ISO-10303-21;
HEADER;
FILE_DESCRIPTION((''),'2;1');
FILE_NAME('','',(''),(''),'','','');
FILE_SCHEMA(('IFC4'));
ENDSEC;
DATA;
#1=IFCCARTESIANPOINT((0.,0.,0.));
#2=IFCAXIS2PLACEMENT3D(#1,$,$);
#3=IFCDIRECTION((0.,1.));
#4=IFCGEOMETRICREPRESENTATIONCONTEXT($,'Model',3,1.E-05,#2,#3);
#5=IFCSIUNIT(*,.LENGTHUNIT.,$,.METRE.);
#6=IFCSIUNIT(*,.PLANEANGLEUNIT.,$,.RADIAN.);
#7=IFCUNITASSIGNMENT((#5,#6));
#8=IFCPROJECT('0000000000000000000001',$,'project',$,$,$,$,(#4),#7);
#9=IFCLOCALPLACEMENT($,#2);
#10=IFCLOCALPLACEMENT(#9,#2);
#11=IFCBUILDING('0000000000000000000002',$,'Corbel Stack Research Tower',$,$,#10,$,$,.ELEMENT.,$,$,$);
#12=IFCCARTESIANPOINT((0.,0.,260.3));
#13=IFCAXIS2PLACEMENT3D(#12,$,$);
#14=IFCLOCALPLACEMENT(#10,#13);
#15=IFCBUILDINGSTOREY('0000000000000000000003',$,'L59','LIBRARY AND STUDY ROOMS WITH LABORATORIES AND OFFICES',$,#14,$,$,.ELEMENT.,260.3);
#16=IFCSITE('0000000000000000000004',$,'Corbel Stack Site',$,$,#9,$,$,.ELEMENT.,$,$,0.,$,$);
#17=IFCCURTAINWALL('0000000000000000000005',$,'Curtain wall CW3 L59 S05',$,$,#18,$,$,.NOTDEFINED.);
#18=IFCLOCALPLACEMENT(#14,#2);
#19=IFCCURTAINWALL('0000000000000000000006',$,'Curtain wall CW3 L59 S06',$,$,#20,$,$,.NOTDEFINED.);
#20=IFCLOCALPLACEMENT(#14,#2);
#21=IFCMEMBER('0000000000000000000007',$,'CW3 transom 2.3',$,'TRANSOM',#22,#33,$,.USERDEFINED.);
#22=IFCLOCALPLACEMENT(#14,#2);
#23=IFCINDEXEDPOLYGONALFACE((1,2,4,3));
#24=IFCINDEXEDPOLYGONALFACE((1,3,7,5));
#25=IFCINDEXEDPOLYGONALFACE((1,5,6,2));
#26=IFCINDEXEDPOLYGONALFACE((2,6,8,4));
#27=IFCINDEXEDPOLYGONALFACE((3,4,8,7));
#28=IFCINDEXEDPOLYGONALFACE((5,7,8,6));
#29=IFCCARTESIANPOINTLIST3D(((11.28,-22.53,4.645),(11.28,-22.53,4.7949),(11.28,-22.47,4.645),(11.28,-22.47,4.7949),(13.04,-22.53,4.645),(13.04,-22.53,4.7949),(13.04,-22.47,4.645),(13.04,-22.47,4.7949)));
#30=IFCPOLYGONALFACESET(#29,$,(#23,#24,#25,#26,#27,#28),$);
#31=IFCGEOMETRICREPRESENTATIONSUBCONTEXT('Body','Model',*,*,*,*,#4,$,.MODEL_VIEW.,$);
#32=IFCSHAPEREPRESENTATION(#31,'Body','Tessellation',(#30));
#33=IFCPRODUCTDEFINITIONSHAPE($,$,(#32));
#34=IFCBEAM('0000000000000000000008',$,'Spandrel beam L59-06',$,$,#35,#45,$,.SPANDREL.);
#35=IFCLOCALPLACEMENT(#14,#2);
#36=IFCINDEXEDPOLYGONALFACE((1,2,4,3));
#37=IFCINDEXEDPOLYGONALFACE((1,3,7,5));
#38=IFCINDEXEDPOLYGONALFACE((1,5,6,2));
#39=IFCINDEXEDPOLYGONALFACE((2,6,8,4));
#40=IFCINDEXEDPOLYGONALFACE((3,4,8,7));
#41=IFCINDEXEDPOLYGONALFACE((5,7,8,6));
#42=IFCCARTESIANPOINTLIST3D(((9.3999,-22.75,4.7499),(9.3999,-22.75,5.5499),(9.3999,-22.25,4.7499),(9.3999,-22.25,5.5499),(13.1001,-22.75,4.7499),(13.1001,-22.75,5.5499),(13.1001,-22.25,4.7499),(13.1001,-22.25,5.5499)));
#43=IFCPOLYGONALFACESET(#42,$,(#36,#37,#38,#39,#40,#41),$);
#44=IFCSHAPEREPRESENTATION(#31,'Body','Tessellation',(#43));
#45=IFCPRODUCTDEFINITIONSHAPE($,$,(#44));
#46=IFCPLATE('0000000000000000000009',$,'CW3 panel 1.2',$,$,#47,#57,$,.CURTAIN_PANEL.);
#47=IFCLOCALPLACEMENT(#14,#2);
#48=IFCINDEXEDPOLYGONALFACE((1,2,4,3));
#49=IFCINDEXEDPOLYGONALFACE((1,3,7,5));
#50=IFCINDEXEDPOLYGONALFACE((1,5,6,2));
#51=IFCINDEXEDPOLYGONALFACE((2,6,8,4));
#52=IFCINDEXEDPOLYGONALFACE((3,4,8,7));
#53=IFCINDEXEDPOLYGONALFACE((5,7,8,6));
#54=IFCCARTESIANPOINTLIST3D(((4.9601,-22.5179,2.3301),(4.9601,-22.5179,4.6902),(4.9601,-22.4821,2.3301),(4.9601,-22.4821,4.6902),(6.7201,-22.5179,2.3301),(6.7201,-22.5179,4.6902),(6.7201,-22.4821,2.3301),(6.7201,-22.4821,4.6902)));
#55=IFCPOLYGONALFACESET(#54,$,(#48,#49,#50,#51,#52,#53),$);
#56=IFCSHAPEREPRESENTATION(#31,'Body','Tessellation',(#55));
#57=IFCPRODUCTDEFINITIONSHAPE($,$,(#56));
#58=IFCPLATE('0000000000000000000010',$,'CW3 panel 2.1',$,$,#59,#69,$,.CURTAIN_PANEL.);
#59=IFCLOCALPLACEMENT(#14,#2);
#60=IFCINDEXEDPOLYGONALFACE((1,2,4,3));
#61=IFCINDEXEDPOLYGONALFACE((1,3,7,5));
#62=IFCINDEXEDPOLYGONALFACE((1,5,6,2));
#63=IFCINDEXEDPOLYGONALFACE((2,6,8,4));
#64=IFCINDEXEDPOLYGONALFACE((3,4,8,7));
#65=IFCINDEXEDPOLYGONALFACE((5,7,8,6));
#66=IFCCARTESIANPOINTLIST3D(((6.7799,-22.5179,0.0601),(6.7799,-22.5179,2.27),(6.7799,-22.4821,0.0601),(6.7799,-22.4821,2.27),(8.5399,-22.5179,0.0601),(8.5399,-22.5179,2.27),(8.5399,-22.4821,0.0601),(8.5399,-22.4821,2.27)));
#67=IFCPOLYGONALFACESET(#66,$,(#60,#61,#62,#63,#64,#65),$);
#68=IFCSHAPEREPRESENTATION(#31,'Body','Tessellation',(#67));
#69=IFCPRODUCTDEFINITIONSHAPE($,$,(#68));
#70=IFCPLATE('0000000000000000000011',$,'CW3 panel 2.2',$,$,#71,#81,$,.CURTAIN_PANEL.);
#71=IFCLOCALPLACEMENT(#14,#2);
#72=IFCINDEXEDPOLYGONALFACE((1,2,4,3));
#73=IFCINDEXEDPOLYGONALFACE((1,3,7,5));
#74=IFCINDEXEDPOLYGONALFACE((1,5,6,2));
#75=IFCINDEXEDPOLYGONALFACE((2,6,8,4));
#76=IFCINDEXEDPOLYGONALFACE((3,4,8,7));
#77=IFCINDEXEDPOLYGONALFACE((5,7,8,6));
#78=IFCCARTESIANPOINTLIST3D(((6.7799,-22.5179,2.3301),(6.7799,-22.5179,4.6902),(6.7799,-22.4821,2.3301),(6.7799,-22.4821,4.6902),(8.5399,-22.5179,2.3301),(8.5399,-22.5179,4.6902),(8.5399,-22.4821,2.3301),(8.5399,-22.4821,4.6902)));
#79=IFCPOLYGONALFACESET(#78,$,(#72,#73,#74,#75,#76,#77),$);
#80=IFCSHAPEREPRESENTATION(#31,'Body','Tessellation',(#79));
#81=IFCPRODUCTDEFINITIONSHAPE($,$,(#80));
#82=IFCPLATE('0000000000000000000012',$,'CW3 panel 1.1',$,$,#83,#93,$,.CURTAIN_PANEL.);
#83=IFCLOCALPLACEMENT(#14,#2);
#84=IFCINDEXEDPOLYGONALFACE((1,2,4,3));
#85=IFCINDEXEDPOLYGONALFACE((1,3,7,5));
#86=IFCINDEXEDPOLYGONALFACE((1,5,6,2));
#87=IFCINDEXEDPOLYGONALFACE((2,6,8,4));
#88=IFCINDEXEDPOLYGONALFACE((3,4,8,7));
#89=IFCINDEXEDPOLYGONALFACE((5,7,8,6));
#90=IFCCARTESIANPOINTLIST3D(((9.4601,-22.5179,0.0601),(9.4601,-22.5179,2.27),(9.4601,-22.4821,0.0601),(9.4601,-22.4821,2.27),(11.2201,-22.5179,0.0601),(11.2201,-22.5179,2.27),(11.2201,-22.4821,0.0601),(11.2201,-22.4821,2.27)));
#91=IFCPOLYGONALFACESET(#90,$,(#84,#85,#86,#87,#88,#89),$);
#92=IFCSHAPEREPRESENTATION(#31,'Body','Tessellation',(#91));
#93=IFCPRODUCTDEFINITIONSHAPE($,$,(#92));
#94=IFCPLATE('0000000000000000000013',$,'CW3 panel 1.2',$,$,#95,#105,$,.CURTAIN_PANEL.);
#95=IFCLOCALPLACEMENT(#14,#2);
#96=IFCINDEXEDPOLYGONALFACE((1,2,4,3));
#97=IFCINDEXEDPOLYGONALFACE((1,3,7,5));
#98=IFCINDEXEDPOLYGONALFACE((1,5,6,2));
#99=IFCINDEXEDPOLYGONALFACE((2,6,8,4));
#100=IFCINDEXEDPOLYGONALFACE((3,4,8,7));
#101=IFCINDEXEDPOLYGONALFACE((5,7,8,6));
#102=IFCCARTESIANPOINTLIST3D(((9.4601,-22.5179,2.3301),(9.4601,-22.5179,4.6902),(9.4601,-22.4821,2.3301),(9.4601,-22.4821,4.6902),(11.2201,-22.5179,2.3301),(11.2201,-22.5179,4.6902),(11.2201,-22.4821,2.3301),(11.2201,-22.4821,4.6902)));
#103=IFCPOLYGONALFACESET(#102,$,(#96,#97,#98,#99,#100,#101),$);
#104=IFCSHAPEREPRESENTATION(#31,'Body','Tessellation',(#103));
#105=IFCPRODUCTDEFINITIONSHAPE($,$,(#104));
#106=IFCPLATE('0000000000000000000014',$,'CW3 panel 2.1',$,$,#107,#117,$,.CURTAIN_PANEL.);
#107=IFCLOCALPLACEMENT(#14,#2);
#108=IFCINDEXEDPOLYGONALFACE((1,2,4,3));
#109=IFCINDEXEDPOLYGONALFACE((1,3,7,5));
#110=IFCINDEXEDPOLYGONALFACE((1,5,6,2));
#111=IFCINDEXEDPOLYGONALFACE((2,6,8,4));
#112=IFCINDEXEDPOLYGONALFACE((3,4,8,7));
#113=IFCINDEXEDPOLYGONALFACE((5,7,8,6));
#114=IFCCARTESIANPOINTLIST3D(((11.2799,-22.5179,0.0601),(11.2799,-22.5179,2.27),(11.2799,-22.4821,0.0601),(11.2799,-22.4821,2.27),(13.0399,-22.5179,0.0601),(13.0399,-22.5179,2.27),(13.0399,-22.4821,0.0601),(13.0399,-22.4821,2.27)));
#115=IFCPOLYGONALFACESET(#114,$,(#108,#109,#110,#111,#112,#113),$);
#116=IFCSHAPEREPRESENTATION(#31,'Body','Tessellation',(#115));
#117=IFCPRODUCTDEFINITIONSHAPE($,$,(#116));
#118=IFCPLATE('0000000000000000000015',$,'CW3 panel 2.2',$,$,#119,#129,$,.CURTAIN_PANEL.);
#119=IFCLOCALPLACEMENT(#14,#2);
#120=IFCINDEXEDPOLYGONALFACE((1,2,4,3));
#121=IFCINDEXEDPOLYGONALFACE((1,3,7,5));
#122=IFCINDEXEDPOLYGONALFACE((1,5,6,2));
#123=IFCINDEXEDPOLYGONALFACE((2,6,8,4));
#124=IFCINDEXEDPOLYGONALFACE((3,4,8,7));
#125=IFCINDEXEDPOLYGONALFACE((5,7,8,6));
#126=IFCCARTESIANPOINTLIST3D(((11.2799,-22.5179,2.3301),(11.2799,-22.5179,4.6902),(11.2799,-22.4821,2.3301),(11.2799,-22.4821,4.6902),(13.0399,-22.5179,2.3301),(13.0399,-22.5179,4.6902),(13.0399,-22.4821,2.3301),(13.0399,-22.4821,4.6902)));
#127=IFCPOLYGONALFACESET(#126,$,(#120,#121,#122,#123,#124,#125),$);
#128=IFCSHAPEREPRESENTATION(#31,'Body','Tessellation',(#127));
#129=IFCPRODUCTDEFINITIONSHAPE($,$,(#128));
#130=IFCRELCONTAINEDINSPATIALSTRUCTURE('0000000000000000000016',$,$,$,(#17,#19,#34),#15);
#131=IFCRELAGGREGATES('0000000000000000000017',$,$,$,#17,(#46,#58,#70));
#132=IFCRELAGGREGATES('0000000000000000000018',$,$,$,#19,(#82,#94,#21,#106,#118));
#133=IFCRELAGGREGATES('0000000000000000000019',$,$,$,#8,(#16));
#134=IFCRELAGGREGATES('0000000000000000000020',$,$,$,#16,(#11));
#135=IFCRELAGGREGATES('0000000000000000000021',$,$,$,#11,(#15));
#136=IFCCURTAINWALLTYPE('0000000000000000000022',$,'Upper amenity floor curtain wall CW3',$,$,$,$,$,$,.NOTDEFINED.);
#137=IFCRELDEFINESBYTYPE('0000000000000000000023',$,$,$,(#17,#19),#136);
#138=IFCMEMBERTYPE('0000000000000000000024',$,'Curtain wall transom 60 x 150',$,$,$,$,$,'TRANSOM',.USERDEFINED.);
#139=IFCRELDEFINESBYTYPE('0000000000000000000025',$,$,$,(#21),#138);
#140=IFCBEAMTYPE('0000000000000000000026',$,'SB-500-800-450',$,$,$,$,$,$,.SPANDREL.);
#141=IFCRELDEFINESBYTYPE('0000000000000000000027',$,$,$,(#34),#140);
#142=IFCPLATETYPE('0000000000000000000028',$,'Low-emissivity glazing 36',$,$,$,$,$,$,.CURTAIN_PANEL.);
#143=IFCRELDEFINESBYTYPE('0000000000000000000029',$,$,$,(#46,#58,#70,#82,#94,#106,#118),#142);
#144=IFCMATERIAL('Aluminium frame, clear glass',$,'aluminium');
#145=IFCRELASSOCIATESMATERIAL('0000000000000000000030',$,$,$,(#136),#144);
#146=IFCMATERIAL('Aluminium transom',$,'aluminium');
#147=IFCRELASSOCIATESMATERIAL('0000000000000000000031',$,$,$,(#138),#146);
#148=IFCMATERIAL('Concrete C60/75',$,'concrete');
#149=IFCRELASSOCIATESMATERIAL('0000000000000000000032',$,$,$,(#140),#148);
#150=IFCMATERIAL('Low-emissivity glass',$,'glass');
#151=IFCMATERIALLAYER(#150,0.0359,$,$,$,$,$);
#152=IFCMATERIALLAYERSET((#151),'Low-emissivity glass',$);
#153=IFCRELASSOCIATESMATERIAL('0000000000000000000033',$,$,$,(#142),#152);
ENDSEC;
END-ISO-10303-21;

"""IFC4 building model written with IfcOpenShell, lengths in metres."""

from ifc_helpers import new_model, si_unit, direction, frame, origin, origin_2d, place, context, subcontext, project, spatial, rectangle, extrude, material, layer, layer_set, material_profile, profile_set, type_object, element, aggregate, save


model = new_model("IFC4")

# Units and contexts
model_context = context("Model", 3, precision=1e-05, world=origin(), true_north=direction((0.0, 1.0)))
body_context = subcontext(model_context, "Body", "Model", "MODEL_VIEW")
ifc_project = project(units=[si_unit("LENGTHUNIT", "METRE"), si_unit("PLANEANGLEUNIT", "RADIAN")], contexts=[model_context])

# Site, building, storey
site_placement = place(None, origin())
site = spatial("IfcSite", under=ifc_project, at=site_placement, Name="Corbel Stack Site", CompositionType="ELEMENT", RefElevation=0.0)
building_placement = place(site_placement, origin())
building = spatial("IfcBuilding", under=site, at=building_placement, Name="Corbel Stack Research Tower", CompositionType="ELEMENT")
storey_placement = place(building_placement, frame((0.0, 0.0, 260.3)))
storey = spatial("IfcBuildingStorey", under=building, at=storey_placement, Name="L59", Description="LIBRARY AND STUDY ROOMS WITH LABORATORIES AND OFFICES", CompositionType="ELEMENT", Elevation=260.3)

# Curtain walls
ifc_material_1 = material(Name="Aluminium frame, clear glass", Category="aluminium")
curtain_wall_type = type_object("IfcCurtainWallType", Name="Upper amenity floor curtain wall CW3", PredefinedType="NOTDEFINED", material=ifc_material_1)
curtain_wall_1_placement = place(storey_placement, origin())
curtain_wall_1 = element("IfcCurtainWall", 1, at=curtain_wall_1_placement, inside=storey, type_object=curtain_wall_type, Name="Curtain wall CW3 L59 S05", PredefinedType="NOTDEFINED")
curtain_wall_2_placement = place(storey_placement, origin())
curtain_wall_2 = element("IfcCurtainWall", 2, at=curtain_wall_2_placement, inside=storey, type_object=curtain_wall_type, Name="Curtain wall CW3 L59 S06", PredefinedType="NOTDEFINED")

# Member
ifc_material_2 = material(Name="Aluminium transom", Category="aluminium")
ifc_material_profile_1 = material_profile(ifc_material_2, rectangle(XDim=0.0601, YDim=0.1499, at=origin_2d()), Name="Transom 60 x 150")
ifc_profile_set_1 = profile_set([ifc_material_profile_1], Name="Aluminium transom")
member_type_1 = type_object("IfcMemberType", Name="Curtain wall transom 60 x 150", ElementType="TRANSOM", PredefinedType="USERDEFINED", material=ifc_profile_set_1)
member_1_placement = place(storey_placement, frame((11.28, -22.5, 4.72), z_axis=(1.0, 0.0, 0.0), x_axis=(0.0, 1.0, 0.0)))
member_1 = element("IfcMember", 3, at=member_1_placement, type_object=member_type_1, Name="CW3 transom 2.3", ObjectType="TRANSOM", PredefinedType="USERDEFINED", context=body_context, shape_type="SweptSolid", body=[
    extrude(rectangle(XDim=0.0601, YDim=0.1499, at=origin_2d()), origin(), (0.0, 0.0, 1.0), 1.76),
])

# Beam
ifc_material_3 = material(Name="Concrete C60/75", Category="concrete")
ifc_material_profile_2 = material_profile(ifc_material_3, rectangle(XDim=0.5, YDim=0.8, at=origin_2d()), Name="RC 500 x 800")
ifc_profile_set_2 = profile_set([ifc_material_profile_2], Name="Concrete C60/75")
beam_type = type_object("IfcBeamType", Name="SB-500-800-450", PredefinedType="SPANDREL", material=ifc_profile_set_2)
beam_placement = place(storey_placement, frame((9.3999, -22.5, 5.1499), z_axis=(1.0, 0.0, 0.0), x_axis=(0.0, 1.0, 0.0)))
element("IfcBeam", 4, at=beam_placement, inside=storey, type_object=beam_type, Name="Spandrel beam L59-06", PredefinedType="SPANDREL", context=body_context, shape_type="SweptSolid", body=[
    extrude(rectangle(XDim=0.5, YDim=0.8, at=origin_2d()), origin(), (0.0, 0.0, 1.0), 3.7002),
])

# Plates
ifc_material_4 = material(Name="Low-emissivity glass", Category="glass")
ifc_layer = layer(ifc_material_4, 0.0359)
ifc_layer_set = layer_set([ifc_layer], Name="Low-emissivity glass")
plate_type = type_object("IfcPlateType", Name="Low-emissivity glazing 36", PredefinedType="CURTAIN_PANEL", material=ifc_layer_set)
plate_1_placement = place(storey_placement, frame((5.8401, -22.5, 2.3301), z_axis=(0.0, 0.0, 1.0), x_axis=(1.0, 0.0, 0.0)))
plate_1 = element("IfcPlate", 5, at=plate_1_placement, type_object=plate_type, Name="CW3 panel 1.2", PredefinedType="CURTAIN_PANEL", context=body_context, shape_type="SweptSolid", body=[
    extrude(rectangle(XDim=1.76, YDim=0.0359, at=origin_2d()), origin(), (0.0, 0.0, 1.0), 2.3601),
])
plate_2_placement = place(storey_placement, frame((7.6599, -22.5, 0.0601), z_axis=(0.0, 0.0, 1.0), x_axis=(1.0, 0.0, 0.0)))
plate_2 = element("IfcPlate", 6, at=plate_2_placement, type_object=plate_type, Name="CW3 panel 2.1", PredefinedType="CURTAIN_PANEL", context=body_context, shape_type="SweptSolid", body=[
    extrude(rectangle(XDim=1.76, YDim=0.0359, at=origin_2d()), origin(), (0.0, 0.0, 1.0), 2.21),
])
plate_3_placement = place(storey_placement, frame((7.6599, -22.5, 2.3301), z_axis=(0.0, 0.0, 1.0), x_axis=(1.0, 0.0, 0.0)))
plate_3 = element("IfcPlate", 7, at=plate_3_placement, type_object=plate_type, Name="CW3 panel 2.2", PredefinedType="CURTAIN_PANEL", context=body_context, shape_type="SweptSolid", body=[
    extrude(rectangle(XDim=1.76, YDim=0.0359, at=origin_2d()), origin(), (0.0, 0.0, 1.0), 2.3601),
])
aggregate(curtain_wall_1, [plate_1, plate_2, plate_3])
plate_4_placement = place(storey_placement, frame((10.3401, -22.5, 0.0601), z_axis=(0.0, 0.0, 1.0), x_axis=(1.0, 0.0, 0.0)))
plate_4 = element("IfcPlate", 8, at=plate_4_placement, type_object=plate_type, Name="CW3 panel 1.1", PredefinedType="CURTAIN_PANEL", context=body_context, shape_type="SweptSolid", body=[
    extrude(rectangle(XDim=1.76, YDim=0.0359, at=origin_2d()), origin(), (0.0, 0.0, 1.0), 2.21),
])
plate_5_placement = place(storey_placement, frame((10.3401, -22.5, 2.3301), z_axis=(0.0, 0.0, 1.0), x_axis=(1.0, 0.0, 0.0)))
plate_5 = element("IfcPlate", 9, at=plate_5_placement, type_object=plate_type, Name="CW3 panel 1.2", PredefinedType="CURTAIN_PANEL", context=body_context, shape_type="SweptSolid", body=[
    extrude(rectangle(XDim=1.76, YDim=0.0359, at=origin_2d()), origin(), (0.0, 0.0, 1.0), 2.3601),
])
plate_6_placement = place(storey_placement, frame((12.1599, -22.5, 0.0601), z_axis=(0.0, 0.0, 1.0), x_axis=(1.0, 0.0, 0.0)))
plate_6 = element("IfcPlate", 10, at=plate_6_placement, type_object=plate_type, Name="CW3 panel 2.1", PredefinedType="CURTAIN_PANEL", context=body_context, shape_type="SweptSolid", body=[
    extrude(rectangle(XDim=1.76, YDim=0.0359, at=origin_2d()), origin(), (0.0, 0.0, 1.0), 2.21),
])
plate_7_placement = place(storey_placement, frame((12.1599, -22.5, 2.3301), z_axis=(0.0, 0.0, 1.0), x_axis=(1.0, 0.0, 0.0)))
plate_7 = element("IfcPlate", 11, at=plate_7_placement, type_object=plate_type, Name="CW3 panel 2.2", PredefinedType="CURTAIN_PANEL", context=body_context, shape_type="SweptSolid", body=[
    extrude(rectangle(XDim=1.76, YDim=0.0359, at=origin_2d()), origin(), (0.0, 0.0, 1.0), 2.3601),
])
aggregate(curtain_wall_2, [plate_4, plate_5, member_1, plate_6, plate_7])

save(model, "model.ifc")
